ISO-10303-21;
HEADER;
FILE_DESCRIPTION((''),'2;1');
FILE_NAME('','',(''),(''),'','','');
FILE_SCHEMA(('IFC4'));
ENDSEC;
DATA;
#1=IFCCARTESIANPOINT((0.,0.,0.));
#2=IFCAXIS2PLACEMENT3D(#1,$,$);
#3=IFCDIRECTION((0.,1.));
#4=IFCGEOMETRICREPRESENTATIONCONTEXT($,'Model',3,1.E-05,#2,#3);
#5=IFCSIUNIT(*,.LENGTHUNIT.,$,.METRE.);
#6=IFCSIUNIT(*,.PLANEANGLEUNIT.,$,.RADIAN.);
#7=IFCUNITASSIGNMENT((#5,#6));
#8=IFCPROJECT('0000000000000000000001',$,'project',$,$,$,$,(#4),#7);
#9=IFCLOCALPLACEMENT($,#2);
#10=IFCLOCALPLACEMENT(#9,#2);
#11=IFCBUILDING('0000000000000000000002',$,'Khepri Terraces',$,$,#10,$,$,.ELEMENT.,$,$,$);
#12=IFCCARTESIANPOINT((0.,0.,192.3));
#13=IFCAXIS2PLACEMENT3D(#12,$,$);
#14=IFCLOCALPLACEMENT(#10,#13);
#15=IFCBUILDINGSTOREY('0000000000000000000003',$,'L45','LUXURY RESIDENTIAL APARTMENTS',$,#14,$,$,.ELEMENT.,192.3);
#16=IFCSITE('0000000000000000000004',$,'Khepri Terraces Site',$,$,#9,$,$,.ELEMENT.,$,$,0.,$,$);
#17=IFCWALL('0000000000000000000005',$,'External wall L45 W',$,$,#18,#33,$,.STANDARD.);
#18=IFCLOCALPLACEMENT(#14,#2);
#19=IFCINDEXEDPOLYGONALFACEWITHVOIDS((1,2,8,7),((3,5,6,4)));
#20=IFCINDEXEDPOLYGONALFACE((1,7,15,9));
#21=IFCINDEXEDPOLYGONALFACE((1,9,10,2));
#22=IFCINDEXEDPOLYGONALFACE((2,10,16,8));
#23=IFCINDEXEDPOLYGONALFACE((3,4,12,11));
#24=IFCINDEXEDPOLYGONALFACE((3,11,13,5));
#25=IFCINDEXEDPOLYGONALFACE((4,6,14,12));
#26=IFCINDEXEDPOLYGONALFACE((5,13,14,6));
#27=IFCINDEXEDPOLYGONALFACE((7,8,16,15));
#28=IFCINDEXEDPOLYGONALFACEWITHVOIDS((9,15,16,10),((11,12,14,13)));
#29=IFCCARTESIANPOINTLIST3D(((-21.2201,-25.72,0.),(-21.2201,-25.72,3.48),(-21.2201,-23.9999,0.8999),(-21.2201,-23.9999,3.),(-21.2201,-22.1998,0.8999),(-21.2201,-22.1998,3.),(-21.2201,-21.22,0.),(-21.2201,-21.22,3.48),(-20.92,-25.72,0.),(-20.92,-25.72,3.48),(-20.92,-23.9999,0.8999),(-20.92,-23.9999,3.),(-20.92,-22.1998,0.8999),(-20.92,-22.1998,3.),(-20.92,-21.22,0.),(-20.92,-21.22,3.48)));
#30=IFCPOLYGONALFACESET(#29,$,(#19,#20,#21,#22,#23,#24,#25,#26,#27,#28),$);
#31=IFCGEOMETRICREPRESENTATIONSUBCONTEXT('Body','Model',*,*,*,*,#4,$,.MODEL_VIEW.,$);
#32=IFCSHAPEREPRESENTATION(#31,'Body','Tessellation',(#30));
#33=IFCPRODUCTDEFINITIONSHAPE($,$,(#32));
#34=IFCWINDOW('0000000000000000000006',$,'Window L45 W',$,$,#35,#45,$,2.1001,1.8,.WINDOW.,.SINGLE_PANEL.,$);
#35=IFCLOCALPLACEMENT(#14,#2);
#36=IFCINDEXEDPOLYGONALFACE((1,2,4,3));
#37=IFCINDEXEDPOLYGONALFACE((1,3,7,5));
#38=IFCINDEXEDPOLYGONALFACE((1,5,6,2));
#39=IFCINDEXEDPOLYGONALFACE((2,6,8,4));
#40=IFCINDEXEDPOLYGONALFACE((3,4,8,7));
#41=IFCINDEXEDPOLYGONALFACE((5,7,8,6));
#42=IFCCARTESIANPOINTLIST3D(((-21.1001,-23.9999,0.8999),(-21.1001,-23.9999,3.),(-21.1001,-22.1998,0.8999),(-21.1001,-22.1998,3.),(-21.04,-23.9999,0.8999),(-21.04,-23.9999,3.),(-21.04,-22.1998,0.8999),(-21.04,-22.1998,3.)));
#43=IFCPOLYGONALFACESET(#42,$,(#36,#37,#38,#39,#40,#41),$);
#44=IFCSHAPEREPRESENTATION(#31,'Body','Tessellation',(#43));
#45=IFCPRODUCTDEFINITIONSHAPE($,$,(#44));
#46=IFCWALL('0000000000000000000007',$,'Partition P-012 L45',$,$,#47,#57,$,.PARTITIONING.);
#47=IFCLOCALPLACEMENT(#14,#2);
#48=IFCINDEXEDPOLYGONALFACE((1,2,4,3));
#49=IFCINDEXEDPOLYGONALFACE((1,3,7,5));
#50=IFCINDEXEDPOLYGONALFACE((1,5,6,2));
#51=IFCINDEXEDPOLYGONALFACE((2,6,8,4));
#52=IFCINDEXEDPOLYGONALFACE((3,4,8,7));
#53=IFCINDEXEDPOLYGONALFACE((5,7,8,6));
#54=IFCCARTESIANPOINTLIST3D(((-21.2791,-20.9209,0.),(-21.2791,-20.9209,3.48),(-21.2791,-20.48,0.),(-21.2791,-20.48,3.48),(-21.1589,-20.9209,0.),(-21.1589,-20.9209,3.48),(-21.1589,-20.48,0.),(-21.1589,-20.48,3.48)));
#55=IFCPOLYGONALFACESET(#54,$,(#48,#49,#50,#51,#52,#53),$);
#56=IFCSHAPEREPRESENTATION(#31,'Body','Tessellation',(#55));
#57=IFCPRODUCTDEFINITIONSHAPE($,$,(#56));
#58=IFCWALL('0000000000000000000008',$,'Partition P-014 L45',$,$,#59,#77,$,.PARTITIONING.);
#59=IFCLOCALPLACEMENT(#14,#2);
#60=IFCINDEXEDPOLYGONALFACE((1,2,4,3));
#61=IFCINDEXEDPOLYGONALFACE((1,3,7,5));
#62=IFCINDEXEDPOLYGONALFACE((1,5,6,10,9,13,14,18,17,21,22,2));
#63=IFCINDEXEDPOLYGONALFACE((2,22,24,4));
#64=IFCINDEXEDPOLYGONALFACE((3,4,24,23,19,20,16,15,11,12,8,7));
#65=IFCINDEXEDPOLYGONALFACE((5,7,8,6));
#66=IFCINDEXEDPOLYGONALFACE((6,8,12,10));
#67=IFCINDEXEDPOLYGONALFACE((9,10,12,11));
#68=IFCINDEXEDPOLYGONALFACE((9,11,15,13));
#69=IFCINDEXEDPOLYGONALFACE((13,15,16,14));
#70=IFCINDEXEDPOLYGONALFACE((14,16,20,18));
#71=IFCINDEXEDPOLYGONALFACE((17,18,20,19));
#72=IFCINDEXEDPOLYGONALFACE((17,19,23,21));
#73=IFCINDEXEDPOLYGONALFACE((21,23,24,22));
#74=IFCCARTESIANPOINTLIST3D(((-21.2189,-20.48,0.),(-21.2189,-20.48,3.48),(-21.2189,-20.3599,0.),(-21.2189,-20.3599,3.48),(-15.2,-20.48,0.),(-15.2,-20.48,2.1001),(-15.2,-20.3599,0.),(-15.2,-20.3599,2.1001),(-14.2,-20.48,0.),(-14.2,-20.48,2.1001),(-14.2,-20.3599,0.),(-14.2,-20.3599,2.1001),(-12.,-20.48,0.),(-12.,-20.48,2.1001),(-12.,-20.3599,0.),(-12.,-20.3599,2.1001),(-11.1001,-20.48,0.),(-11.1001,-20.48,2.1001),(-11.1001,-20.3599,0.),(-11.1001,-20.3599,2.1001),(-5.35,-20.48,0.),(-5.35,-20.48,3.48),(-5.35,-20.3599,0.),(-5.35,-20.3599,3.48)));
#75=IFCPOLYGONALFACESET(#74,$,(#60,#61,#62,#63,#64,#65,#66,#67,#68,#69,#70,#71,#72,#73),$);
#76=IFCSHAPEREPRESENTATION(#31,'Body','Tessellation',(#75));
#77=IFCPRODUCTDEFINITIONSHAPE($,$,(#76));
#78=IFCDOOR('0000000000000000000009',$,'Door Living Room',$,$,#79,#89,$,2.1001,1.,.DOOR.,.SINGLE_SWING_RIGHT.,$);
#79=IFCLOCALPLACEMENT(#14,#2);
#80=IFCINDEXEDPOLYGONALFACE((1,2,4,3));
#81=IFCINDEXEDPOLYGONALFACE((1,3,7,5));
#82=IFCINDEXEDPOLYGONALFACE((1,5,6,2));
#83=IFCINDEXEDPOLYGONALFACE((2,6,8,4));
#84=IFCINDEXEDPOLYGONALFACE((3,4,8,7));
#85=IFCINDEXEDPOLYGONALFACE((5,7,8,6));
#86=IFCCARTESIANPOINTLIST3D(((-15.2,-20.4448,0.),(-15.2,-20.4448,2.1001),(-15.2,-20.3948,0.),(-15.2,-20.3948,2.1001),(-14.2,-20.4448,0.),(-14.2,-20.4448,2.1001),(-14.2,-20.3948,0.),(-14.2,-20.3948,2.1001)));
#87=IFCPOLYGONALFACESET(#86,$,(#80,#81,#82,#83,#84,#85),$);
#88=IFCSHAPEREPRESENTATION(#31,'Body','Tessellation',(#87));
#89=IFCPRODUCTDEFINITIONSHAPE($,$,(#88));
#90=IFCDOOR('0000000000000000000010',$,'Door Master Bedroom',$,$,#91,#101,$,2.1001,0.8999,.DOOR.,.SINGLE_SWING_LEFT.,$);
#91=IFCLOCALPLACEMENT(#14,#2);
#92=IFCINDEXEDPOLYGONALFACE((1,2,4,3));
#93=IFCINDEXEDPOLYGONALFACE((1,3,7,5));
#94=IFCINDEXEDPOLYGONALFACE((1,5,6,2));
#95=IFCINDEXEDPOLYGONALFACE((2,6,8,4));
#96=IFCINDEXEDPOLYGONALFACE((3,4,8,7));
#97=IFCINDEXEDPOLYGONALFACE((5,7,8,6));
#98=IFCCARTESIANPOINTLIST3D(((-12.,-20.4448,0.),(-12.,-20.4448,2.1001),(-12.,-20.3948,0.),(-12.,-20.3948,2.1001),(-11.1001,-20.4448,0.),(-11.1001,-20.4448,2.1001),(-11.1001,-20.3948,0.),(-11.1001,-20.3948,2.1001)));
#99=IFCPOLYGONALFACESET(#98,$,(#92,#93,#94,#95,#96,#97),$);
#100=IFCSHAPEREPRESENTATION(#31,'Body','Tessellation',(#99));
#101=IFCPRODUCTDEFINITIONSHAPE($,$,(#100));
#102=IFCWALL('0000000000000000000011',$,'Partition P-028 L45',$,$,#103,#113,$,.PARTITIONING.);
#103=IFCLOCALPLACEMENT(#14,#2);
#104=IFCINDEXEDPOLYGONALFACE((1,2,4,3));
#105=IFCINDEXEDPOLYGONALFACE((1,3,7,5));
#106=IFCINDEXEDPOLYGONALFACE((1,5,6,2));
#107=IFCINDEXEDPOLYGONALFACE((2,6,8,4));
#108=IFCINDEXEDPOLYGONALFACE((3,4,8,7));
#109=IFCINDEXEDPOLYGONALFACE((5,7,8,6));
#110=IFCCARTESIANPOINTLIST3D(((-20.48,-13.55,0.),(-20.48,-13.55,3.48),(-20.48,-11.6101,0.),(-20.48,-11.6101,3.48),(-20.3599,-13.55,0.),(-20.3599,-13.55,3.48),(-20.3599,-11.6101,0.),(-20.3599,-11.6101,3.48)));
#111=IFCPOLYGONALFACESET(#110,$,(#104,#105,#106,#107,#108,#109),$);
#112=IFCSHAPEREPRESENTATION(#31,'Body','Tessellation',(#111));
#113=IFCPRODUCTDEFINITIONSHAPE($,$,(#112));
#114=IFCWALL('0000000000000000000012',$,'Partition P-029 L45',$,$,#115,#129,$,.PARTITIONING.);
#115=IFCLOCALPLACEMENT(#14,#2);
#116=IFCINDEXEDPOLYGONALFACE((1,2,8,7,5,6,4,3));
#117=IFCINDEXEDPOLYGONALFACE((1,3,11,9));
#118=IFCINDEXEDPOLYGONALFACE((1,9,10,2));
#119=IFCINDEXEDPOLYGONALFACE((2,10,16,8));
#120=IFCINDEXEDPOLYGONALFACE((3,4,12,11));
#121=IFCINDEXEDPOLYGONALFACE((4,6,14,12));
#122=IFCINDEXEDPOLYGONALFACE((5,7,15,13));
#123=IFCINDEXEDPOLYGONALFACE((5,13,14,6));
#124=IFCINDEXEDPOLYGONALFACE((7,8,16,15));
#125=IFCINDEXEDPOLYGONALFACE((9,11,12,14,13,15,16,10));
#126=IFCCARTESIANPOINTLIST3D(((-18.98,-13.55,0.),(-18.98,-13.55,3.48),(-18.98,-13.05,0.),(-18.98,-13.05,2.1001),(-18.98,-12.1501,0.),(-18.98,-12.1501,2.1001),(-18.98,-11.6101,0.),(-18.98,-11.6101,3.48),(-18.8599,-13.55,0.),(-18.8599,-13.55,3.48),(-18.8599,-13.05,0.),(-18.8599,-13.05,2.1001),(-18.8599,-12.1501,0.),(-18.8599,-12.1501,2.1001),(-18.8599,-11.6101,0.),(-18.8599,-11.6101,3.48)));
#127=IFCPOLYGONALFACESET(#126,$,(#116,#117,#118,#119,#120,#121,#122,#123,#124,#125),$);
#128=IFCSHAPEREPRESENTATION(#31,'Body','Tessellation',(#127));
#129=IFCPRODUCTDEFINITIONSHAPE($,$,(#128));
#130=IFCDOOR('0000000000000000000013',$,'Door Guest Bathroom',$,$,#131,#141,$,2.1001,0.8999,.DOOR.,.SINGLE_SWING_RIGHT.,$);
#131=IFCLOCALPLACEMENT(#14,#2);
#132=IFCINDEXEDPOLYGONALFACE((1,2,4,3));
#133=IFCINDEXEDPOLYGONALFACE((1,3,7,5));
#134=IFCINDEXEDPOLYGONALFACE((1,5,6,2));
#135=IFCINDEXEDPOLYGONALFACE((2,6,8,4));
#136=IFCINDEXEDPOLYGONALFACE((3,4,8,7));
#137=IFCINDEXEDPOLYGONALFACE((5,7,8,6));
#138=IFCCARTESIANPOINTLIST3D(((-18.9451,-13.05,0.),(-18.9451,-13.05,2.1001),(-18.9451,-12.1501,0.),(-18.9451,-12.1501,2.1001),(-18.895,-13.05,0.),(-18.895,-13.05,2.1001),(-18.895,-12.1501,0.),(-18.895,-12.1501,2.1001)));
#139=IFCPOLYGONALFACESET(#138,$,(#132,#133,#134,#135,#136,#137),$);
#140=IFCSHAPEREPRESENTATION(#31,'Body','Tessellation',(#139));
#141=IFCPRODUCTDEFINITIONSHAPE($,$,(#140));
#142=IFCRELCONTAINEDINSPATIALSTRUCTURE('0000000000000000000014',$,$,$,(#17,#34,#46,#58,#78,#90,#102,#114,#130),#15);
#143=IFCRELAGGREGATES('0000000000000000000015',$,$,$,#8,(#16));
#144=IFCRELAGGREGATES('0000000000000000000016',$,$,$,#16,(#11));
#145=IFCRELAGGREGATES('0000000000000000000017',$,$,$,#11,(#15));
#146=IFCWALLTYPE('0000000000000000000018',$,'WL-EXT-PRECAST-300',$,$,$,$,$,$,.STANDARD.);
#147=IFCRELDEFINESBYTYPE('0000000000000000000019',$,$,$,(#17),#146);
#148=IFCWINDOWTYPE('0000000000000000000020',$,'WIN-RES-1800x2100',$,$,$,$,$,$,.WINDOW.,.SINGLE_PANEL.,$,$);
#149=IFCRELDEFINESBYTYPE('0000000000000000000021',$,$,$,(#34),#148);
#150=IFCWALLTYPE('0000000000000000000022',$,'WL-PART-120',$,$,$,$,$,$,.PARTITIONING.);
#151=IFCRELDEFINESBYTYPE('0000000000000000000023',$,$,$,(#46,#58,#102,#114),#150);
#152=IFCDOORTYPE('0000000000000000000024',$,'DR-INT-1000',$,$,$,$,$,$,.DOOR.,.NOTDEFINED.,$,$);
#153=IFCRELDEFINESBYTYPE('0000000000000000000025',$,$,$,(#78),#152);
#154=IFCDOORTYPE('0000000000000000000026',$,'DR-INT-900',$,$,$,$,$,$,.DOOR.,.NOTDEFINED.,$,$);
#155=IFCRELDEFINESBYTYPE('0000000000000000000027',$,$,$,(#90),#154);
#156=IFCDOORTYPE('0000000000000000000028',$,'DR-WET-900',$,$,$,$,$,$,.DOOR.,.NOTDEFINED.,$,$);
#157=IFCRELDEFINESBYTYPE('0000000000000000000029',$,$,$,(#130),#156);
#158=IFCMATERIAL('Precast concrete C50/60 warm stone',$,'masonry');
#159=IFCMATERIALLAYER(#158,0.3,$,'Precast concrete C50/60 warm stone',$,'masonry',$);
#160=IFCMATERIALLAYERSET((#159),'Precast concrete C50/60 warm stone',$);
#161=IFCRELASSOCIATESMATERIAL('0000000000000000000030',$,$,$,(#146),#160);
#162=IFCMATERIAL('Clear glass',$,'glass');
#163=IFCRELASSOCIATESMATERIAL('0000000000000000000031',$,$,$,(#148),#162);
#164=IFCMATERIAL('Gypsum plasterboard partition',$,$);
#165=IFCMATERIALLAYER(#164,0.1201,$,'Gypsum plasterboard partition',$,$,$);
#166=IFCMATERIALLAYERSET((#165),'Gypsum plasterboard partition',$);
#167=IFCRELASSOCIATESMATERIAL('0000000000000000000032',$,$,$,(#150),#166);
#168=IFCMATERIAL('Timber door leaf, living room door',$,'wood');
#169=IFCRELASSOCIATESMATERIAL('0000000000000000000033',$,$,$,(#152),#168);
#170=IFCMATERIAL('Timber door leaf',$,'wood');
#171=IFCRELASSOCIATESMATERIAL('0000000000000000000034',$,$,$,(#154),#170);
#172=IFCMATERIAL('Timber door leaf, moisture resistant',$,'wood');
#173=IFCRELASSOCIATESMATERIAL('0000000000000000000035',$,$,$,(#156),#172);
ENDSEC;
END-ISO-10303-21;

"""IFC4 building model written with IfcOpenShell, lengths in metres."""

from ifc_helpers import new_model, si_unit, direction, frame, frame_2d, origin, place, context, subcontext, project, spatial, rectangle, extrude, material, layer, layer_set, type_object, element, fill, save


model = new_model("IFC4")

# Units and contexts
model_context = context("Model", 3, precision=1e-05, world=origin(), true_north=direction((0.0, 1.0)))
body_context = subcontext(model_context, "Body", "Model", "MODEL_VIEW")
ifc_project = project(units=[si_unit("LENGTHUNIT", "METRE"), si_unit("PLANEANGLEUNIT", "RADIAN")], contexts=[model_context])

# Site, building, storey
site_placement = place(None, origin())
site = spatial("IfcSite", under=ifc_project, at=site_placement, Name="Khepri Terraces Site", CompositionType="ELEMENT", RefElevation=0.0)
building_placement = place(site_placement, origin())
building = spatial("IfcBuilding", under=site, at=building_placement, Name="Khepri Terraces", CompositionType="ELEMENT")
storey_placement = place(building_placement, frame((0.0, 0.0, 192.3)))
storey = spatial("IfcBuildingStorey", under=building, at=storey_placement, Name="L45", Description="LUXURY RESIDENTIAL APARTMENTS", CompositionType="ELEMENT", Elevation=192.3)

# Wall, opening, window
ifc_material_1 = material(Name="Precast concrete C50/60 warm stone", Category="masonry")
ifc_layer_1 = layer(ifc_material_1, 0.3, Name="Precast concrete C50/60 warm stone", Category="masonry")
ifc_layer_set_1 = layer_set([ifc_layer_1], Name="Precast concrete C50/60 warm stone")
wall_type_1 = type_object("IfcWallType", Name="WL-EXT-PRECAST-300", PredefinedType="STANDARD", material=ifc_layer_set_1)
ifc_material_2 = material(Name="Clear glass", Category="glass")
window_type = type_object("IfcWindowType", Name="WIN-RES-1800x2100", PartitioningType="SINGLE_PANEL", PredefinedType="WINDOW", material=ifc_material_2)
wall_1_placement = place(storey_placement, frame((-21.0701, -21.22, 0.0), z_axis=(0.0, 0.0, 1.0), x_axis=(0.0, -1.0, 0.0)))
wall_1 = element("IfcWall", 1, at=wall_1_placement, inside=storey, type_object=wall_type_1, Name="External wall L45 W", PredefinedType="STANDARD", context=body_context, shape_type="SweptSolid", body=[
    extrude(rectangle(XDim=4.5, YDim=0.3, at=frame_2d((2.25, 0.0))), origin(), (0.0, 0.0, 1.0), 3.48),
])
opening_1_placement = place(wall_1_placement, frame((0.98, 0.0, 0.8999)))
opening_1 = element("IfcOpeningElement", 2, at=opening_1_placement, cuts=wall_1, PredefinedType="OPENING", context=body_context, shape_type="SweptSolid", body=[
    extrude(rectangle(XDim=1.8, YDim=2.1001, at=frame_2d((0.8999, 1.05))), frame((0.0, 0.1602, 0.0), z_axis=(0.0, -1.0, 0.0), x_axis=(1.0, 0.0, 0.0)), (0.0, 0.0, 1.0), 0.3201),
])
window_1_placement = place(opening_1_placement, origin())
window_1 = element("IfcWindow", 3, at=window_1_placement, inside=storey, type_object=window_type, Name="Window L45 W", OverallHeight=2.1001, OverallWidth=1.8, PartitioningType="SINGLE_PANEL", PredefinedType="WINDOW", context=body_context, shape_type="SweptSolid", body=[
    extrude(rectangle(XDim=1.8, YDim=2.1001, at=frame_2d((0.8999, 1.05))), frame((0.0, 0.03, 0.0), z_axis=(0.0, -1.0, 0.0), x_axis=(1.0, 0.0, 0.0)), (0.0, 0.0, 1.0), 0.0601),
])
fill(opening_1, window_1)

# Wall
ifc_material_3 = material(Name="Gypsum plasterboard partition")
ifc_layer_2 = layer(ifc_material_3, 0.1201, Name="Gypsum plasterboard partition")
ifc_layer_set_2 = layer_set([ifc_layer_2], Name="Gypsum plasterboard partition")
wall_type_2 = type_object("IfcWallType", Name="WL-PART-120", PredefinedType="PARTITIONING", material=ifc_layer_set_2)
wall_2_placement = place(storey_placement, frame((-21.219, -20.9209, 0.0), z_axis=(0.0, 0.0, 1.0), x_axis=(0.0, 1.0, 0.0)))
element("IfcWall", 4, at=wall_2_placement, inside=storey, type_object=wall_type_2, Name="Partition P-012 L45", PredefinedType="PARTITIONING", context=body_context, shape_type="SweptSolid", body=[
    extrude(rectangle(XDim=0.4409, YDim=0.1201, at=frame_2d((0.2205, 0.0))), origin(), (0.0, 0.0, 1.0), 3.48),
])

# Wall, openings, doors
wall_3_placement = place(storey_placement, frame((-21.219, -20.4199, 0.0), z_axis=(0.0, 0.0, 1.0), x_axis=(1.0, 0.0, 0.0)))
wall_3 = element("IfcWall", 5, at=wall_3_placement, inside=storey, type_object=wall_type_2, Name="Partition P-014 L45", PredefinedType="PARTITIONING", context=body_context, shape_type="SweptSolid", body=[
    extrude(rectangle(XDim=15.8689, YDim=0.1201, at=frame_2d((7.9346, 0.0))), origin(), (0.0, 0.0, 1.0), 3.48),
])
opening_2_placement = place(wall_3_placement, frame((6.019, 0.0, 0.0)))
opening_2 = element("IfcOpeningElement", 6, at=opening_2_placement, cuts=wall_3, PredefinedType="OPENING", context=body_context, shape_type="SweptSolid", body=[
    extrude(rectangle(XDim=1.0, YDim=2.1001, at=frame_2d((0.5, 1.05))), frame((0.0, 0.0701, 0.0), z_axis=(0.0, -1.0, 0.0), x_axis=(1.0, 0.0, 0.0)), (0.0, 0.0, 1.0), 0.1401),
])
opening_3_placement = place(wall_3_placement, frame((9.219, 0.0, 0.0)))
opening_3 = element("IfcOpeningElement", 7, at=opening_3_placement, cuts=wall_3, PredefinedType="OPENING", context=body_context, shape_type="SweptSolid", body=[
    extrude(rectangle(XDim=0.8999, YDim=2.1001, at=frame_2d((0.45, 1.05))), frame((0.0, 0.0701, 0.0), z_axis=(0.0, -1.0, 0.0), x_axis=(1.0, 0.0, 0.0)), (0.0, 0.0, 1.0), 0.1401),
])
ifc_material_4 = material(Name="Timber door leaf, living room door", Category="wood")
door_type_1 = type_object("IfcDoorType", Name="DR-INT-1000", OperationType="NOTDEFINED", PredefinedType="DOOR", material=ifc_material_4)
door_1_placement = place(opening_2_placement, frame((1.0, 0.0, 0.0), z_axis=(0.0, 0.0, 1.0), x_axis=(-1.0, 0.0, 0.0)))
door_1 = element("IfcDoor", 8, at=door_1_placement, inside=storey, type_object=door_type_1, Name="Door Living Room", OperationType="SINGLE_SWING_RIGHT", OverallHeight=2.1001, OverallWidth=1.0, PredefinedType="DOOR", context=body_context, shape_type="SweptSolid", body=[
    extrude(rectangle(XDim=1.0, YDim=2.1001, at=frame_2d((0.5, 1.05))), frame((0.0, 0.0249, 0.0), z_axis=(0.0, -1.0, 0.0), x_axis=(1.0, 0.0, 0.0)), (0.0, 0.0, 1.0), 0.05),
])
fill(opening_2, door_1)
ifc_material_5 = material(Name="Timber door leaf", Category="wood")
door_type_2 = type_object("IfcDoorType", Name="DR-INT-900", OperationType="NOTDEFINED", PredefinedType="DOOR", material=ifc_material_5)
door_2_placement = place(opening_3_placement, frame((0.8999, 0.0, 0.0), z_axis=(0.0, 0.0, 1.0), x_axis=(-1.0, 0.0, 0.0)))
door_2 = element("IfcDoor", 9, at=door_2_placement, inside=storey, type_object=door_type_2, Name="Door Master Bedroom", OperationType="SINGLE_SWING_LEFT", OverallHeight=2.1001, OverallWidth=0.8999, PredefinedType="DOOR", context=body_context, shape_type="SweptSolid", body=[
    extrude(rectangle(XDim=0.8999, YDim=2.1001, at=frame_2d((0.45, 1.05))), frame((0.0, 0.0249, 0.0), z_axis=(0.0, -1.0, 0.0), x_axis=(1.0, 0.0, 0.0)), (0.0, 0.0, 1.0), 0.05),
])
fill(opening_3, door_2)

# Wall
wall_4_placement = place(storey_placement, frame((-20.4199, -13.55, 0.0), z_axis=(0.0, 0.0, 1.0), x_axis=(0.0, 1.0, 0.0)))
element("IfcWall", 10, at=wall_4_placement, inside=storey, type_object=wall_type_2, Name="Partition P-028 L45", PredefinedType="PARTITIONING", context=body_context, shape_type="SweptSolid", body=[
    extrude(rectangle(XDim=1.9399, YDim=0.1201, at=frame_2d((0.97, 0.0))), origin(), (0.0, 0.0, 1.0), 3.48),
])

# Wall, opening, door
wall_5_placement = place(storey_placement, frame((-18.9199, -13.55, 0.0), z_axis=(0.0, 0.0, 1.0), x_axis=(0.0, 1.0, 0.0)))
wall_5 = element("IfcWall", 11, at=wall_5_placement, inside=storey, type_object=wall_type_2, Name="Partition P-029 L45", PredefinedType="PARTITIONING", context=body_context, shape_type="SweptSolid", body=[
    extrude(rectangle(XDim=1.9399, YDim=0.1201, at=frame_2d((0.97, 0.0))), origin(), (0.0, 0.0, 1.0), 3.48),
])
opening_4_placement = place(wall_5_placement, frame((0.5, 0.0, 0.0)))
opening_4 = element("IfcOpeningElement", 12, at=opening_4_placement, cuts=wall_5, PredefinedType="OPENING", context=body_context, shape_type="SweptSolid", body=[
    extrude(rectangle(XDim=0.8999, YDim=2.1001, at=frame_2d((0.45, 1.05))), frame((0.0, 0.0701, 0.0), z_axis=(0.0, -1.0, 0.0), x_axis=(1.0, 0.0, 0.0)), (0.0, 0.0, 1.0), 0.1401),
])
ifc_material_6 = material(Name="Timber door leaf, moisture resistant", Category="wood")
door_type_3 = type_object("IfcDoorType", Name="DR-WET-900", OperationType="NOTDEFINED", PredefinedType="DOOR", material=ifc_material_6)
door_3_placement = place(opening_4_placement, frame((0.8999, 0.0, 0.0), z_axis=(0.0, 0.0, 1.0), x_axis=(-1.0, 0.0, 0.0)))
door_3 = element("IfcDoor", 13, at=door_3_placement, inside=storey, type_object=door_type_3, Name="Door Guest Bathroom", OperationType="SINGLE_SWING_RIGHT", OverallHeight=2.1001, OverallWidth=0.8999, PredefinedType="DOOR", context=body_context, shape_type="SweptSolid", body=[
    extrude(rectangle(XDim=0.8999, YDim=2.1001, at=frame_2d((0.45, 1.05))), frame((0.0, 0.0249, 0.0), z_axis=(0.0, -1.0, 0.0), x_axis=(1.0, 0.0, 0.0)), (0.0, 0.0, 1.0), 0.05),
])
fill(opening_4, door_3)

save(model, "model.ifc")
